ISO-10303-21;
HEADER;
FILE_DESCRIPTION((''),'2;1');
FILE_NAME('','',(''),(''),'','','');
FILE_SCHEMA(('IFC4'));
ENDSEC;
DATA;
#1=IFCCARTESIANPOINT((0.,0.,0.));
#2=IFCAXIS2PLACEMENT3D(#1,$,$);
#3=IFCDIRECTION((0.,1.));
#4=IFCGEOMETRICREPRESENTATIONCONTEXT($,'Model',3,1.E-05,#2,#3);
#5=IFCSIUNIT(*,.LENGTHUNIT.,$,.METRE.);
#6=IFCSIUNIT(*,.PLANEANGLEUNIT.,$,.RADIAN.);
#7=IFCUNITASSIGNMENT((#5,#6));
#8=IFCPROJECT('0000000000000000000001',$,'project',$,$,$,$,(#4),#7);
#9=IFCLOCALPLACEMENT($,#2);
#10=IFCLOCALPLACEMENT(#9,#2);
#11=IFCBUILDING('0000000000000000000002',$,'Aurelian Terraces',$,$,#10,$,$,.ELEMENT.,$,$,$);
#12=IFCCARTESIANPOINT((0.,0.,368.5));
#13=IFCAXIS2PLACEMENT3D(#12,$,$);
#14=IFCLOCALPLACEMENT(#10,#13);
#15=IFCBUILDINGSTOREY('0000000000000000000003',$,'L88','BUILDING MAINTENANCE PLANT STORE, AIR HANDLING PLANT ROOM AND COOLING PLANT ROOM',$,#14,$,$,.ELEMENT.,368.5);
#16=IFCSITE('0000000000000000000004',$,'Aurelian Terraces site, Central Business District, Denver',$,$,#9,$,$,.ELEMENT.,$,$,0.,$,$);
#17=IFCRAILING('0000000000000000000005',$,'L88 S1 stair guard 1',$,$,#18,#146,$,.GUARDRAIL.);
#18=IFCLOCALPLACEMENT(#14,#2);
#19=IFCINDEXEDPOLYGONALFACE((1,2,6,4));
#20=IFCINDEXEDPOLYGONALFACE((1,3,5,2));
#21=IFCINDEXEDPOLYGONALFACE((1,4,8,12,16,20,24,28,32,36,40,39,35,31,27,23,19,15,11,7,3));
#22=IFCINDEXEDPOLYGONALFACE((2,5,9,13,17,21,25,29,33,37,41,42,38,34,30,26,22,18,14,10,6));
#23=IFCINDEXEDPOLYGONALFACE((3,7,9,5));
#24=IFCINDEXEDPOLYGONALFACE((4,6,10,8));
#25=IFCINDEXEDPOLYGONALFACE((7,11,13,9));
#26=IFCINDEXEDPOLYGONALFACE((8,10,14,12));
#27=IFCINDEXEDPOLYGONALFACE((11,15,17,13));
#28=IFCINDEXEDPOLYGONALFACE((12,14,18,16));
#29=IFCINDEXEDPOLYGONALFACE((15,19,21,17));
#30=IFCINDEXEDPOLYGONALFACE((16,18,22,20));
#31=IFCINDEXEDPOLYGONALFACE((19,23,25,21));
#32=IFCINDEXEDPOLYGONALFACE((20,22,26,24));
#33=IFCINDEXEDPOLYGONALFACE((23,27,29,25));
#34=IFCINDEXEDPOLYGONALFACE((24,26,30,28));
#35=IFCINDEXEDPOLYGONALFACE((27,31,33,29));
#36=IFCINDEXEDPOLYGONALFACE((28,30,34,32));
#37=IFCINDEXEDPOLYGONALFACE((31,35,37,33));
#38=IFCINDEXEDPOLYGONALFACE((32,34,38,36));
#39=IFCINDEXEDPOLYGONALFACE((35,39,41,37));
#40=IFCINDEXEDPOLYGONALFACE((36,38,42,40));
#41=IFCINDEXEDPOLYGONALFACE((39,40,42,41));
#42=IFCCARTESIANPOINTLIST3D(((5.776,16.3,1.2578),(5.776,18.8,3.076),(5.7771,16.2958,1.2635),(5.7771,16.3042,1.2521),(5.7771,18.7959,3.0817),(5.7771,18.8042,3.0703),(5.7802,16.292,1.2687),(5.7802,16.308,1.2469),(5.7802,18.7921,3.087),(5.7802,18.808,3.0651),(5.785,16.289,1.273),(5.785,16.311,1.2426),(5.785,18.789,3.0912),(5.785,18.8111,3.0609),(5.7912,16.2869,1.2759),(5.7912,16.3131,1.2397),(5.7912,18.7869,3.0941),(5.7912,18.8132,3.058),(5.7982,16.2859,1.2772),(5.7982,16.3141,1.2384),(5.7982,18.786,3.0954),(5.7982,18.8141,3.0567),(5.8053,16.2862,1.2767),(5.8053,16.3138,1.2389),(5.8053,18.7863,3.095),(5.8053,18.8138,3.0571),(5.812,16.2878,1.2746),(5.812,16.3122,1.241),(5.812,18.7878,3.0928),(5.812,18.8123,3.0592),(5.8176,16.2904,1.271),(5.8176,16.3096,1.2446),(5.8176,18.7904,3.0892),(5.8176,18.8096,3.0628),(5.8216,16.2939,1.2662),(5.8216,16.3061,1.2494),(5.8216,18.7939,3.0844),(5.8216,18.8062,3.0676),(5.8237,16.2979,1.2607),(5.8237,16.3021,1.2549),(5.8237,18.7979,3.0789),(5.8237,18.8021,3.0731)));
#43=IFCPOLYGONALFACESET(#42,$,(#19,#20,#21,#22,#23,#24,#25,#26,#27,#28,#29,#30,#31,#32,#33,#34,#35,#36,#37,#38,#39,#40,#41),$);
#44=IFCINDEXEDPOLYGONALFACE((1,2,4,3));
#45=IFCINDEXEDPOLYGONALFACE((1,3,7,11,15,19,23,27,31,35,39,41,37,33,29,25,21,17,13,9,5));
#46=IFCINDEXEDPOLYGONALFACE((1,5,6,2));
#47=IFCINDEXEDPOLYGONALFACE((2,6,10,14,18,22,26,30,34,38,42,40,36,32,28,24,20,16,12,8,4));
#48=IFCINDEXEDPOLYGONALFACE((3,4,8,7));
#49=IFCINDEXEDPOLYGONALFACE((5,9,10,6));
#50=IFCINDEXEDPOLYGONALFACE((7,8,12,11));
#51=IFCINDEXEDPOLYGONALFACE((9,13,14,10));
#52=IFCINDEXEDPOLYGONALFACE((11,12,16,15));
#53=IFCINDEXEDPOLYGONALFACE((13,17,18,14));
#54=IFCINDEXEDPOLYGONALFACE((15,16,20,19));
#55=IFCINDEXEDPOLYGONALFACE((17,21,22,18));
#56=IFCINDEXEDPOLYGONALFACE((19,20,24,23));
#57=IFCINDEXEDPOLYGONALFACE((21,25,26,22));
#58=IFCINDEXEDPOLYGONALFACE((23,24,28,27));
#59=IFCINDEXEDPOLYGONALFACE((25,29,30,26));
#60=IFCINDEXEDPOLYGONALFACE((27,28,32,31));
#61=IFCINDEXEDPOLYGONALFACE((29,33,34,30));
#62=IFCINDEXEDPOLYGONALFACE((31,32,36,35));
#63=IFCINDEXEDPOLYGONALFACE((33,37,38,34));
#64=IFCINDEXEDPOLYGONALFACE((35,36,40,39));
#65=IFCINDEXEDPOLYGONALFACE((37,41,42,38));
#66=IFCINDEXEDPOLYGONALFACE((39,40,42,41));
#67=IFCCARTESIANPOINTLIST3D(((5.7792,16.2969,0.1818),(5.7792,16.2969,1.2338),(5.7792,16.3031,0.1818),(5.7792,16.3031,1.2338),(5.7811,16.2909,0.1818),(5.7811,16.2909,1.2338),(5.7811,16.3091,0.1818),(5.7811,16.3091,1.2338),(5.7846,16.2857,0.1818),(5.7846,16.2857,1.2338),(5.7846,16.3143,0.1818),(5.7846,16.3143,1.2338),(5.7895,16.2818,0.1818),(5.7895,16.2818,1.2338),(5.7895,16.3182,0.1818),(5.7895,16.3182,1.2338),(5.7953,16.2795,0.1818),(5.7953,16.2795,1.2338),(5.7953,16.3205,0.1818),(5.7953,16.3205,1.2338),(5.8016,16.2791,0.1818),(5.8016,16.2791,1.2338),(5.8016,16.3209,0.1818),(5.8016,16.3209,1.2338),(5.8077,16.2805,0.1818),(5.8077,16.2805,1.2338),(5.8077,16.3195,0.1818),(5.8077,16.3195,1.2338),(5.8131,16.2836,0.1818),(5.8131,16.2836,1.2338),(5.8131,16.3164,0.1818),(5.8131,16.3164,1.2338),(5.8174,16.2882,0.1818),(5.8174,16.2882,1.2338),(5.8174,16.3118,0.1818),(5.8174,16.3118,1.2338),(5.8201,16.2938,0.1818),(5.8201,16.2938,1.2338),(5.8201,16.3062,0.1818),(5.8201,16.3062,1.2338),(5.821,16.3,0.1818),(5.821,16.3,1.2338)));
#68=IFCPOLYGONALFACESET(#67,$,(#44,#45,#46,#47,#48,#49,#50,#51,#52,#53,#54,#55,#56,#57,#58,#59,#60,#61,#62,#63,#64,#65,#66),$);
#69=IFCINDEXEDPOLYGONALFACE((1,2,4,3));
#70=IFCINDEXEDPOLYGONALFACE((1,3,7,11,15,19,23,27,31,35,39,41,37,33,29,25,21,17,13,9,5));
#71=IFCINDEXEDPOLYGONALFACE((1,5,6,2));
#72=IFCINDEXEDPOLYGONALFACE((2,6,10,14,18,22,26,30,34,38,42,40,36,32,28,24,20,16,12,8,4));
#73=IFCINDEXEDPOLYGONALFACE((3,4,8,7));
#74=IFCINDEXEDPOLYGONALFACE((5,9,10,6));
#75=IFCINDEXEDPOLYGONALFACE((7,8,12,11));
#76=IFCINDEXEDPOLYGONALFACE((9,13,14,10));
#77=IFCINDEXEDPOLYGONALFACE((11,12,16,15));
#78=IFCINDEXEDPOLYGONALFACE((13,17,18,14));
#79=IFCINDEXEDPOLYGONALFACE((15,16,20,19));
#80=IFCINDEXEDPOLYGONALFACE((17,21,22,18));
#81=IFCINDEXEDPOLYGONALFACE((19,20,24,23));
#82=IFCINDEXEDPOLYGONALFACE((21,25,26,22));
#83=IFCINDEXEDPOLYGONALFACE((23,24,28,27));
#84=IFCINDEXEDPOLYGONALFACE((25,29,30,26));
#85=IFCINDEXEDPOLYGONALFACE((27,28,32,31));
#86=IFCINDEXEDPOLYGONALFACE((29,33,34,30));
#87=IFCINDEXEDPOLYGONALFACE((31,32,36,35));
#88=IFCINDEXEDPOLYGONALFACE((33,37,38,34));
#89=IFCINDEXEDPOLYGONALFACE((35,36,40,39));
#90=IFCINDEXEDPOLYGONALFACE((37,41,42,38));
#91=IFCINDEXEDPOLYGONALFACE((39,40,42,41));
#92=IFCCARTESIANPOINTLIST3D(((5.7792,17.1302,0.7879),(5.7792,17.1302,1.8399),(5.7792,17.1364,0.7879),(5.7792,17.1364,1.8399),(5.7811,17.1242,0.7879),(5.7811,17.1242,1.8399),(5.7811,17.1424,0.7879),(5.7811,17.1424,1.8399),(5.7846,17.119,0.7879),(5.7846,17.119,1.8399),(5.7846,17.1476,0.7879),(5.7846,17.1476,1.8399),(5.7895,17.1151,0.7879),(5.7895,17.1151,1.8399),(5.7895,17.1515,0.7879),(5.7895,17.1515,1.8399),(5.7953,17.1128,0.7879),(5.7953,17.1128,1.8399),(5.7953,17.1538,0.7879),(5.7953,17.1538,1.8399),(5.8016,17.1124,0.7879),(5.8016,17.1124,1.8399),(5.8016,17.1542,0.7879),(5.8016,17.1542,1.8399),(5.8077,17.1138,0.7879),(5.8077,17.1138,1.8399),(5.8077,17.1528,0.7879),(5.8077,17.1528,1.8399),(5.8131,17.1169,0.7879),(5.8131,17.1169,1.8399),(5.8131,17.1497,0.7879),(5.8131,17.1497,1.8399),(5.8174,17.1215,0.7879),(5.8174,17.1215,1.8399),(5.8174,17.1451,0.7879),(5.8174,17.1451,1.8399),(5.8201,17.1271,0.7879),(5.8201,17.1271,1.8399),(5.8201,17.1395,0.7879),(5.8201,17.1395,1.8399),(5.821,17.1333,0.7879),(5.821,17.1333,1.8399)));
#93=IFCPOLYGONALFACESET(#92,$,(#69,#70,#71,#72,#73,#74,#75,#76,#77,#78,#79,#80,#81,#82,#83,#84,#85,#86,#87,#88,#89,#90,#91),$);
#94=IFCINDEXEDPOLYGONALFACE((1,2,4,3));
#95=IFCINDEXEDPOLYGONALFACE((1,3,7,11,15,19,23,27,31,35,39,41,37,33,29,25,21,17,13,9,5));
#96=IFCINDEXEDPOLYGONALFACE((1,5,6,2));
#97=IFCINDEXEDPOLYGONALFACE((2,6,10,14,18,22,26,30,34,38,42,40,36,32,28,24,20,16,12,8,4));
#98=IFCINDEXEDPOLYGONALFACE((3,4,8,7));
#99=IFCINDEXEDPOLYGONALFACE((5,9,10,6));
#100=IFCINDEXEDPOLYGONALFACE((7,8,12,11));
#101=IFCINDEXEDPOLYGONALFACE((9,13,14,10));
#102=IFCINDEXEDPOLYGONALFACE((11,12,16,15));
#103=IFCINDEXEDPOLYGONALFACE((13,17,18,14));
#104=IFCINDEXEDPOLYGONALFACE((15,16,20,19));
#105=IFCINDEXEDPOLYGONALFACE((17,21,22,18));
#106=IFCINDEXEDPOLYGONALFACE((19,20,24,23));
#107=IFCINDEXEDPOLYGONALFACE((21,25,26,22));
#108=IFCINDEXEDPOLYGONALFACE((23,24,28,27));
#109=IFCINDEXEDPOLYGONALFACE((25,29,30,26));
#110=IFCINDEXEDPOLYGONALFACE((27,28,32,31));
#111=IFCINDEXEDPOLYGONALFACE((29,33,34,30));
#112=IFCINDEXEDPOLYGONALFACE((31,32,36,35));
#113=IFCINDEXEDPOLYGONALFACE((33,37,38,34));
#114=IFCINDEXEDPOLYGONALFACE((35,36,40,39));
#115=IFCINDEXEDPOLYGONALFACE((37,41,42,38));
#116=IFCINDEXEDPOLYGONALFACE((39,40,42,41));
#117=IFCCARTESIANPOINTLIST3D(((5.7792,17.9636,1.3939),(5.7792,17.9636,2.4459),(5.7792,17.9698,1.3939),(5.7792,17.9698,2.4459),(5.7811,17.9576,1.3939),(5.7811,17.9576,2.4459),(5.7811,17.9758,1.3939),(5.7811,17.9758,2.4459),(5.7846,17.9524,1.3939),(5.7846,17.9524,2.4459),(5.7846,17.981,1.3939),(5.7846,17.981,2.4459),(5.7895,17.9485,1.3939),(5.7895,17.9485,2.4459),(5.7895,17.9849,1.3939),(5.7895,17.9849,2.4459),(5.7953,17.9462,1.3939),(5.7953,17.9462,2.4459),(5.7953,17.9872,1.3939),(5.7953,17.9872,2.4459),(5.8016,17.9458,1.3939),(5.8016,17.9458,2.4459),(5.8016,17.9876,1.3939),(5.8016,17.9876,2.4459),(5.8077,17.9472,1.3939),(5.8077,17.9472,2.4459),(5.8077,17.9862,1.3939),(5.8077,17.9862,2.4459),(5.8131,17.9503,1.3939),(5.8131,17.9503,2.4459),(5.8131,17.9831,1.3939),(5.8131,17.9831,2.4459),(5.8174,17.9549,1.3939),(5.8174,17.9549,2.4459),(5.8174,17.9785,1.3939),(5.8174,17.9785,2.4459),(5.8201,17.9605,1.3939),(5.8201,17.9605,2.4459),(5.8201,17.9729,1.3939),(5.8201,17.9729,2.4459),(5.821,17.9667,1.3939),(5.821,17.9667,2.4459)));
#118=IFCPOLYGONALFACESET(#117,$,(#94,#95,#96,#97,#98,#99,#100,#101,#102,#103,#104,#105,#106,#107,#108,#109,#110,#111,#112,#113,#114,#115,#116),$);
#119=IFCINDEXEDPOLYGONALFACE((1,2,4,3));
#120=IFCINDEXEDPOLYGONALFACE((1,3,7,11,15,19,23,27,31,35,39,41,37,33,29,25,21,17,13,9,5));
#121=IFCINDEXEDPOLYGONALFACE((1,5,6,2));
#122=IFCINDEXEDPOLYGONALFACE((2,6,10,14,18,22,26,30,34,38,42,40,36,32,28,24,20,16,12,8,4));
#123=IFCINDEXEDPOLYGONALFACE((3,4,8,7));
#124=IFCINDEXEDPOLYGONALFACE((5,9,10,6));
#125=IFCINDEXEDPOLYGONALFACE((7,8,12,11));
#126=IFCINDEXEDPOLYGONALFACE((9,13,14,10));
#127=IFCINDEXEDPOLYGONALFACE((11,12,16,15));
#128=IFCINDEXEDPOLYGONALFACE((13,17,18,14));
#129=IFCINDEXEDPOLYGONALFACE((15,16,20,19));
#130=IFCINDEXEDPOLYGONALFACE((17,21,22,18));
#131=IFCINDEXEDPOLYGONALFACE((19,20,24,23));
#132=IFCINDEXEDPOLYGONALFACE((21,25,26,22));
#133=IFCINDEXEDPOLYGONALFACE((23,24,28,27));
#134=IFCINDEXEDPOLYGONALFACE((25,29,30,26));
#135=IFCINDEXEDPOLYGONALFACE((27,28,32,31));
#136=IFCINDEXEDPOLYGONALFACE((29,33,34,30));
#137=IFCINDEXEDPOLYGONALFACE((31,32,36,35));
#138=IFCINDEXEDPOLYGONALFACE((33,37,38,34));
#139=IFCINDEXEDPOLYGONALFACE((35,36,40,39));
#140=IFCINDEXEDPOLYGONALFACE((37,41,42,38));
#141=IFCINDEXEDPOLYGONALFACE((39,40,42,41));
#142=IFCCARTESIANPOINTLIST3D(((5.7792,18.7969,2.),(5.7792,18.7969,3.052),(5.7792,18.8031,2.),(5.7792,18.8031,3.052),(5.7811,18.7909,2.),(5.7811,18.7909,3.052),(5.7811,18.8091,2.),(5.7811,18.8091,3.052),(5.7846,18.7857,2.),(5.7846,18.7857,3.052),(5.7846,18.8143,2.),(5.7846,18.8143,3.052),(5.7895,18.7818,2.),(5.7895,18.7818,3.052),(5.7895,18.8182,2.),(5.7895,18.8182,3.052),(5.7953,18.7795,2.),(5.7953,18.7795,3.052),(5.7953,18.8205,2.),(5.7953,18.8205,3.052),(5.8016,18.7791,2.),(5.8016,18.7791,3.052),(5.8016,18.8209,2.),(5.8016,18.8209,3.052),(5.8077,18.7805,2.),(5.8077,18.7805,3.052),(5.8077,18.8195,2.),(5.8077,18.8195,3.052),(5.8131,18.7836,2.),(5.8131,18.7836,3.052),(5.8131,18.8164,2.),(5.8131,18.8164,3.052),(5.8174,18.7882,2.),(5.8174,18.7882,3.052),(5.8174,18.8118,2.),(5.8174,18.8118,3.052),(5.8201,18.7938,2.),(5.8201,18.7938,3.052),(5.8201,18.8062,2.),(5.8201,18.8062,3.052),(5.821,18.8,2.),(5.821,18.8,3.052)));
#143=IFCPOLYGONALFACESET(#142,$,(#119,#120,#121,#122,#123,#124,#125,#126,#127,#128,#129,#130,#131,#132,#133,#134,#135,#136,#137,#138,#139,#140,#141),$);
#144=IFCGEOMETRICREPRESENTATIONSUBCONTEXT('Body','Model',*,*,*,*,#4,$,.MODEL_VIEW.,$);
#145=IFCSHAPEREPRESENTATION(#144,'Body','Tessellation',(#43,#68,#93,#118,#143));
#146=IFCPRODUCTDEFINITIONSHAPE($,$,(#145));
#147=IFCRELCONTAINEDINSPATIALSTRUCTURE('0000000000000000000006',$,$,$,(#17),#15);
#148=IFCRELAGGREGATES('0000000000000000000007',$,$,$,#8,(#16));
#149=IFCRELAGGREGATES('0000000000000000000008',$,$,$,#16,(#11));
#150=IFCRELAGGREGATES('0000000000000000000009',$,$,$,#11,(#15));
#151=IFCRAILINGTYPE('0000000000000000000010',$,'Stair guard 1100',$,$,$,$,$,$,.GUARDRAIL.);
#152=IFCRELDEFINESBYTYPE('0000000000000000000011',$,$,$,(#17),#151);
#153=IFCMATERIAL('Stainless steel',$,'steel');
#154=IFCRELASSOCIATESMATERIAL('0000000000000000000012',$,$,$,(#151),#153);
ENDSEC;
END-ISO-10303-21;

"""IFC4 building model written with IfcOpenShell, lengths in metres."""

from ifc_helpers import new_model, si_unit, direction, frame, origin, origin_2d, place, context, subcontext, project, spatial, circle, extrude, source, transform, mapped, material, type_object, element, save


model = new_model("IFC4")

# Units and contexts
model_context = context("Model", 3, precision=1e-05, world=origin(), true_north=direction((0.0, 1.0)))
body_context = subcontext(model_context, "Body", "Model", "MODEL_VIEW")
ifc_project = project(units=[si_unit("LENGTHUNIT", "METRE"), si_unit("PLANEANGLEUNIT", "RADIAN")], contexts=[model_context])

# Site, building, storey
site_placement = place(None, origin())
site = spatial("IfcSite", under=ifc_project, at=site_placement, Name="Aurelian Terraces site, Central Business District, Denver", CompositionType="ELEMENT", RefElevation=0.0)
building_placement = place(site_placement, origin())
building = spatial("IfcBuilding", under=site, at=building_placement, Name="Aurelian Terraces", CompositionType="ELEMENT")
storey_placement = place(building_placement, frame((0.0, 0.0, 368.5)))
storey = spatial("IfcBuildingStorey", under=building, at=storey_placement, Name="L88", Description="BUILDING MAINTENANCE PLANT STORE, AIR HANDLING PLANT ROOM AND COOLING PLANT ROOM", CompositionType="ELEMENT", Elevation=368.5)

# Railing
ifc_material_1 = material(Name="Stainless steel", Category="steel")
railing_type_1 = type_object("IfcRailingType", Name="Stair guard 1100", PredefinedType="GUARDRAIL", material=ifc_material_1)
shared_shape_1 = source(origin(), body_context, "Body", "SweptSolid", [
    extrude(circle(Radius=0.024, at=origin_2d()), frame((0.0, 0.0, 1.076), z_axis=(0.0, 0.808733, 0.588176), x_axis=(-1.0, 0.0, 0.0)), (0.0, 0.0, 1.0), 3.0913),
    extrude(circle(Radius=0.021, at=origin_2d()), origin(), (0.0, 0.0, 1.0), 1.052),
    extrude(circle(Radius=0.021, at=origin_2d()), frame((0.0, 0.8333, 0.6061)), (0.0, 0.0, 1.0), 1.052),
    extrude(circle(Radius=0.021, at=origin_2d()), frame((0.0, 1.6667, 1.2121)), (0.0, 0.0, 1.0), 1.052),
    extrude(circle(Radius=0.021, at=origin_2d()), frame((0.0, 2.5, 1.8182)), (0.0, 0.0, 1.0), 1.052),
])
railing_1_placement = place(storey_placement, frame((5.8, 16.3, 0.1818)))
element("IfcRailing", 1, at=railing_1_placement, inside=storey, type_object=railing_type_1, Name="L88 S1 stair guard 1", PredefinedType="GUARDRAIL", context=body_context, shape_type="MappedRepresentation", body=[
    mapped(shared_shape_1, transform((0.0, 0.0, 0.0), scale=1.0)),
])

save(model, "model.ifc")
